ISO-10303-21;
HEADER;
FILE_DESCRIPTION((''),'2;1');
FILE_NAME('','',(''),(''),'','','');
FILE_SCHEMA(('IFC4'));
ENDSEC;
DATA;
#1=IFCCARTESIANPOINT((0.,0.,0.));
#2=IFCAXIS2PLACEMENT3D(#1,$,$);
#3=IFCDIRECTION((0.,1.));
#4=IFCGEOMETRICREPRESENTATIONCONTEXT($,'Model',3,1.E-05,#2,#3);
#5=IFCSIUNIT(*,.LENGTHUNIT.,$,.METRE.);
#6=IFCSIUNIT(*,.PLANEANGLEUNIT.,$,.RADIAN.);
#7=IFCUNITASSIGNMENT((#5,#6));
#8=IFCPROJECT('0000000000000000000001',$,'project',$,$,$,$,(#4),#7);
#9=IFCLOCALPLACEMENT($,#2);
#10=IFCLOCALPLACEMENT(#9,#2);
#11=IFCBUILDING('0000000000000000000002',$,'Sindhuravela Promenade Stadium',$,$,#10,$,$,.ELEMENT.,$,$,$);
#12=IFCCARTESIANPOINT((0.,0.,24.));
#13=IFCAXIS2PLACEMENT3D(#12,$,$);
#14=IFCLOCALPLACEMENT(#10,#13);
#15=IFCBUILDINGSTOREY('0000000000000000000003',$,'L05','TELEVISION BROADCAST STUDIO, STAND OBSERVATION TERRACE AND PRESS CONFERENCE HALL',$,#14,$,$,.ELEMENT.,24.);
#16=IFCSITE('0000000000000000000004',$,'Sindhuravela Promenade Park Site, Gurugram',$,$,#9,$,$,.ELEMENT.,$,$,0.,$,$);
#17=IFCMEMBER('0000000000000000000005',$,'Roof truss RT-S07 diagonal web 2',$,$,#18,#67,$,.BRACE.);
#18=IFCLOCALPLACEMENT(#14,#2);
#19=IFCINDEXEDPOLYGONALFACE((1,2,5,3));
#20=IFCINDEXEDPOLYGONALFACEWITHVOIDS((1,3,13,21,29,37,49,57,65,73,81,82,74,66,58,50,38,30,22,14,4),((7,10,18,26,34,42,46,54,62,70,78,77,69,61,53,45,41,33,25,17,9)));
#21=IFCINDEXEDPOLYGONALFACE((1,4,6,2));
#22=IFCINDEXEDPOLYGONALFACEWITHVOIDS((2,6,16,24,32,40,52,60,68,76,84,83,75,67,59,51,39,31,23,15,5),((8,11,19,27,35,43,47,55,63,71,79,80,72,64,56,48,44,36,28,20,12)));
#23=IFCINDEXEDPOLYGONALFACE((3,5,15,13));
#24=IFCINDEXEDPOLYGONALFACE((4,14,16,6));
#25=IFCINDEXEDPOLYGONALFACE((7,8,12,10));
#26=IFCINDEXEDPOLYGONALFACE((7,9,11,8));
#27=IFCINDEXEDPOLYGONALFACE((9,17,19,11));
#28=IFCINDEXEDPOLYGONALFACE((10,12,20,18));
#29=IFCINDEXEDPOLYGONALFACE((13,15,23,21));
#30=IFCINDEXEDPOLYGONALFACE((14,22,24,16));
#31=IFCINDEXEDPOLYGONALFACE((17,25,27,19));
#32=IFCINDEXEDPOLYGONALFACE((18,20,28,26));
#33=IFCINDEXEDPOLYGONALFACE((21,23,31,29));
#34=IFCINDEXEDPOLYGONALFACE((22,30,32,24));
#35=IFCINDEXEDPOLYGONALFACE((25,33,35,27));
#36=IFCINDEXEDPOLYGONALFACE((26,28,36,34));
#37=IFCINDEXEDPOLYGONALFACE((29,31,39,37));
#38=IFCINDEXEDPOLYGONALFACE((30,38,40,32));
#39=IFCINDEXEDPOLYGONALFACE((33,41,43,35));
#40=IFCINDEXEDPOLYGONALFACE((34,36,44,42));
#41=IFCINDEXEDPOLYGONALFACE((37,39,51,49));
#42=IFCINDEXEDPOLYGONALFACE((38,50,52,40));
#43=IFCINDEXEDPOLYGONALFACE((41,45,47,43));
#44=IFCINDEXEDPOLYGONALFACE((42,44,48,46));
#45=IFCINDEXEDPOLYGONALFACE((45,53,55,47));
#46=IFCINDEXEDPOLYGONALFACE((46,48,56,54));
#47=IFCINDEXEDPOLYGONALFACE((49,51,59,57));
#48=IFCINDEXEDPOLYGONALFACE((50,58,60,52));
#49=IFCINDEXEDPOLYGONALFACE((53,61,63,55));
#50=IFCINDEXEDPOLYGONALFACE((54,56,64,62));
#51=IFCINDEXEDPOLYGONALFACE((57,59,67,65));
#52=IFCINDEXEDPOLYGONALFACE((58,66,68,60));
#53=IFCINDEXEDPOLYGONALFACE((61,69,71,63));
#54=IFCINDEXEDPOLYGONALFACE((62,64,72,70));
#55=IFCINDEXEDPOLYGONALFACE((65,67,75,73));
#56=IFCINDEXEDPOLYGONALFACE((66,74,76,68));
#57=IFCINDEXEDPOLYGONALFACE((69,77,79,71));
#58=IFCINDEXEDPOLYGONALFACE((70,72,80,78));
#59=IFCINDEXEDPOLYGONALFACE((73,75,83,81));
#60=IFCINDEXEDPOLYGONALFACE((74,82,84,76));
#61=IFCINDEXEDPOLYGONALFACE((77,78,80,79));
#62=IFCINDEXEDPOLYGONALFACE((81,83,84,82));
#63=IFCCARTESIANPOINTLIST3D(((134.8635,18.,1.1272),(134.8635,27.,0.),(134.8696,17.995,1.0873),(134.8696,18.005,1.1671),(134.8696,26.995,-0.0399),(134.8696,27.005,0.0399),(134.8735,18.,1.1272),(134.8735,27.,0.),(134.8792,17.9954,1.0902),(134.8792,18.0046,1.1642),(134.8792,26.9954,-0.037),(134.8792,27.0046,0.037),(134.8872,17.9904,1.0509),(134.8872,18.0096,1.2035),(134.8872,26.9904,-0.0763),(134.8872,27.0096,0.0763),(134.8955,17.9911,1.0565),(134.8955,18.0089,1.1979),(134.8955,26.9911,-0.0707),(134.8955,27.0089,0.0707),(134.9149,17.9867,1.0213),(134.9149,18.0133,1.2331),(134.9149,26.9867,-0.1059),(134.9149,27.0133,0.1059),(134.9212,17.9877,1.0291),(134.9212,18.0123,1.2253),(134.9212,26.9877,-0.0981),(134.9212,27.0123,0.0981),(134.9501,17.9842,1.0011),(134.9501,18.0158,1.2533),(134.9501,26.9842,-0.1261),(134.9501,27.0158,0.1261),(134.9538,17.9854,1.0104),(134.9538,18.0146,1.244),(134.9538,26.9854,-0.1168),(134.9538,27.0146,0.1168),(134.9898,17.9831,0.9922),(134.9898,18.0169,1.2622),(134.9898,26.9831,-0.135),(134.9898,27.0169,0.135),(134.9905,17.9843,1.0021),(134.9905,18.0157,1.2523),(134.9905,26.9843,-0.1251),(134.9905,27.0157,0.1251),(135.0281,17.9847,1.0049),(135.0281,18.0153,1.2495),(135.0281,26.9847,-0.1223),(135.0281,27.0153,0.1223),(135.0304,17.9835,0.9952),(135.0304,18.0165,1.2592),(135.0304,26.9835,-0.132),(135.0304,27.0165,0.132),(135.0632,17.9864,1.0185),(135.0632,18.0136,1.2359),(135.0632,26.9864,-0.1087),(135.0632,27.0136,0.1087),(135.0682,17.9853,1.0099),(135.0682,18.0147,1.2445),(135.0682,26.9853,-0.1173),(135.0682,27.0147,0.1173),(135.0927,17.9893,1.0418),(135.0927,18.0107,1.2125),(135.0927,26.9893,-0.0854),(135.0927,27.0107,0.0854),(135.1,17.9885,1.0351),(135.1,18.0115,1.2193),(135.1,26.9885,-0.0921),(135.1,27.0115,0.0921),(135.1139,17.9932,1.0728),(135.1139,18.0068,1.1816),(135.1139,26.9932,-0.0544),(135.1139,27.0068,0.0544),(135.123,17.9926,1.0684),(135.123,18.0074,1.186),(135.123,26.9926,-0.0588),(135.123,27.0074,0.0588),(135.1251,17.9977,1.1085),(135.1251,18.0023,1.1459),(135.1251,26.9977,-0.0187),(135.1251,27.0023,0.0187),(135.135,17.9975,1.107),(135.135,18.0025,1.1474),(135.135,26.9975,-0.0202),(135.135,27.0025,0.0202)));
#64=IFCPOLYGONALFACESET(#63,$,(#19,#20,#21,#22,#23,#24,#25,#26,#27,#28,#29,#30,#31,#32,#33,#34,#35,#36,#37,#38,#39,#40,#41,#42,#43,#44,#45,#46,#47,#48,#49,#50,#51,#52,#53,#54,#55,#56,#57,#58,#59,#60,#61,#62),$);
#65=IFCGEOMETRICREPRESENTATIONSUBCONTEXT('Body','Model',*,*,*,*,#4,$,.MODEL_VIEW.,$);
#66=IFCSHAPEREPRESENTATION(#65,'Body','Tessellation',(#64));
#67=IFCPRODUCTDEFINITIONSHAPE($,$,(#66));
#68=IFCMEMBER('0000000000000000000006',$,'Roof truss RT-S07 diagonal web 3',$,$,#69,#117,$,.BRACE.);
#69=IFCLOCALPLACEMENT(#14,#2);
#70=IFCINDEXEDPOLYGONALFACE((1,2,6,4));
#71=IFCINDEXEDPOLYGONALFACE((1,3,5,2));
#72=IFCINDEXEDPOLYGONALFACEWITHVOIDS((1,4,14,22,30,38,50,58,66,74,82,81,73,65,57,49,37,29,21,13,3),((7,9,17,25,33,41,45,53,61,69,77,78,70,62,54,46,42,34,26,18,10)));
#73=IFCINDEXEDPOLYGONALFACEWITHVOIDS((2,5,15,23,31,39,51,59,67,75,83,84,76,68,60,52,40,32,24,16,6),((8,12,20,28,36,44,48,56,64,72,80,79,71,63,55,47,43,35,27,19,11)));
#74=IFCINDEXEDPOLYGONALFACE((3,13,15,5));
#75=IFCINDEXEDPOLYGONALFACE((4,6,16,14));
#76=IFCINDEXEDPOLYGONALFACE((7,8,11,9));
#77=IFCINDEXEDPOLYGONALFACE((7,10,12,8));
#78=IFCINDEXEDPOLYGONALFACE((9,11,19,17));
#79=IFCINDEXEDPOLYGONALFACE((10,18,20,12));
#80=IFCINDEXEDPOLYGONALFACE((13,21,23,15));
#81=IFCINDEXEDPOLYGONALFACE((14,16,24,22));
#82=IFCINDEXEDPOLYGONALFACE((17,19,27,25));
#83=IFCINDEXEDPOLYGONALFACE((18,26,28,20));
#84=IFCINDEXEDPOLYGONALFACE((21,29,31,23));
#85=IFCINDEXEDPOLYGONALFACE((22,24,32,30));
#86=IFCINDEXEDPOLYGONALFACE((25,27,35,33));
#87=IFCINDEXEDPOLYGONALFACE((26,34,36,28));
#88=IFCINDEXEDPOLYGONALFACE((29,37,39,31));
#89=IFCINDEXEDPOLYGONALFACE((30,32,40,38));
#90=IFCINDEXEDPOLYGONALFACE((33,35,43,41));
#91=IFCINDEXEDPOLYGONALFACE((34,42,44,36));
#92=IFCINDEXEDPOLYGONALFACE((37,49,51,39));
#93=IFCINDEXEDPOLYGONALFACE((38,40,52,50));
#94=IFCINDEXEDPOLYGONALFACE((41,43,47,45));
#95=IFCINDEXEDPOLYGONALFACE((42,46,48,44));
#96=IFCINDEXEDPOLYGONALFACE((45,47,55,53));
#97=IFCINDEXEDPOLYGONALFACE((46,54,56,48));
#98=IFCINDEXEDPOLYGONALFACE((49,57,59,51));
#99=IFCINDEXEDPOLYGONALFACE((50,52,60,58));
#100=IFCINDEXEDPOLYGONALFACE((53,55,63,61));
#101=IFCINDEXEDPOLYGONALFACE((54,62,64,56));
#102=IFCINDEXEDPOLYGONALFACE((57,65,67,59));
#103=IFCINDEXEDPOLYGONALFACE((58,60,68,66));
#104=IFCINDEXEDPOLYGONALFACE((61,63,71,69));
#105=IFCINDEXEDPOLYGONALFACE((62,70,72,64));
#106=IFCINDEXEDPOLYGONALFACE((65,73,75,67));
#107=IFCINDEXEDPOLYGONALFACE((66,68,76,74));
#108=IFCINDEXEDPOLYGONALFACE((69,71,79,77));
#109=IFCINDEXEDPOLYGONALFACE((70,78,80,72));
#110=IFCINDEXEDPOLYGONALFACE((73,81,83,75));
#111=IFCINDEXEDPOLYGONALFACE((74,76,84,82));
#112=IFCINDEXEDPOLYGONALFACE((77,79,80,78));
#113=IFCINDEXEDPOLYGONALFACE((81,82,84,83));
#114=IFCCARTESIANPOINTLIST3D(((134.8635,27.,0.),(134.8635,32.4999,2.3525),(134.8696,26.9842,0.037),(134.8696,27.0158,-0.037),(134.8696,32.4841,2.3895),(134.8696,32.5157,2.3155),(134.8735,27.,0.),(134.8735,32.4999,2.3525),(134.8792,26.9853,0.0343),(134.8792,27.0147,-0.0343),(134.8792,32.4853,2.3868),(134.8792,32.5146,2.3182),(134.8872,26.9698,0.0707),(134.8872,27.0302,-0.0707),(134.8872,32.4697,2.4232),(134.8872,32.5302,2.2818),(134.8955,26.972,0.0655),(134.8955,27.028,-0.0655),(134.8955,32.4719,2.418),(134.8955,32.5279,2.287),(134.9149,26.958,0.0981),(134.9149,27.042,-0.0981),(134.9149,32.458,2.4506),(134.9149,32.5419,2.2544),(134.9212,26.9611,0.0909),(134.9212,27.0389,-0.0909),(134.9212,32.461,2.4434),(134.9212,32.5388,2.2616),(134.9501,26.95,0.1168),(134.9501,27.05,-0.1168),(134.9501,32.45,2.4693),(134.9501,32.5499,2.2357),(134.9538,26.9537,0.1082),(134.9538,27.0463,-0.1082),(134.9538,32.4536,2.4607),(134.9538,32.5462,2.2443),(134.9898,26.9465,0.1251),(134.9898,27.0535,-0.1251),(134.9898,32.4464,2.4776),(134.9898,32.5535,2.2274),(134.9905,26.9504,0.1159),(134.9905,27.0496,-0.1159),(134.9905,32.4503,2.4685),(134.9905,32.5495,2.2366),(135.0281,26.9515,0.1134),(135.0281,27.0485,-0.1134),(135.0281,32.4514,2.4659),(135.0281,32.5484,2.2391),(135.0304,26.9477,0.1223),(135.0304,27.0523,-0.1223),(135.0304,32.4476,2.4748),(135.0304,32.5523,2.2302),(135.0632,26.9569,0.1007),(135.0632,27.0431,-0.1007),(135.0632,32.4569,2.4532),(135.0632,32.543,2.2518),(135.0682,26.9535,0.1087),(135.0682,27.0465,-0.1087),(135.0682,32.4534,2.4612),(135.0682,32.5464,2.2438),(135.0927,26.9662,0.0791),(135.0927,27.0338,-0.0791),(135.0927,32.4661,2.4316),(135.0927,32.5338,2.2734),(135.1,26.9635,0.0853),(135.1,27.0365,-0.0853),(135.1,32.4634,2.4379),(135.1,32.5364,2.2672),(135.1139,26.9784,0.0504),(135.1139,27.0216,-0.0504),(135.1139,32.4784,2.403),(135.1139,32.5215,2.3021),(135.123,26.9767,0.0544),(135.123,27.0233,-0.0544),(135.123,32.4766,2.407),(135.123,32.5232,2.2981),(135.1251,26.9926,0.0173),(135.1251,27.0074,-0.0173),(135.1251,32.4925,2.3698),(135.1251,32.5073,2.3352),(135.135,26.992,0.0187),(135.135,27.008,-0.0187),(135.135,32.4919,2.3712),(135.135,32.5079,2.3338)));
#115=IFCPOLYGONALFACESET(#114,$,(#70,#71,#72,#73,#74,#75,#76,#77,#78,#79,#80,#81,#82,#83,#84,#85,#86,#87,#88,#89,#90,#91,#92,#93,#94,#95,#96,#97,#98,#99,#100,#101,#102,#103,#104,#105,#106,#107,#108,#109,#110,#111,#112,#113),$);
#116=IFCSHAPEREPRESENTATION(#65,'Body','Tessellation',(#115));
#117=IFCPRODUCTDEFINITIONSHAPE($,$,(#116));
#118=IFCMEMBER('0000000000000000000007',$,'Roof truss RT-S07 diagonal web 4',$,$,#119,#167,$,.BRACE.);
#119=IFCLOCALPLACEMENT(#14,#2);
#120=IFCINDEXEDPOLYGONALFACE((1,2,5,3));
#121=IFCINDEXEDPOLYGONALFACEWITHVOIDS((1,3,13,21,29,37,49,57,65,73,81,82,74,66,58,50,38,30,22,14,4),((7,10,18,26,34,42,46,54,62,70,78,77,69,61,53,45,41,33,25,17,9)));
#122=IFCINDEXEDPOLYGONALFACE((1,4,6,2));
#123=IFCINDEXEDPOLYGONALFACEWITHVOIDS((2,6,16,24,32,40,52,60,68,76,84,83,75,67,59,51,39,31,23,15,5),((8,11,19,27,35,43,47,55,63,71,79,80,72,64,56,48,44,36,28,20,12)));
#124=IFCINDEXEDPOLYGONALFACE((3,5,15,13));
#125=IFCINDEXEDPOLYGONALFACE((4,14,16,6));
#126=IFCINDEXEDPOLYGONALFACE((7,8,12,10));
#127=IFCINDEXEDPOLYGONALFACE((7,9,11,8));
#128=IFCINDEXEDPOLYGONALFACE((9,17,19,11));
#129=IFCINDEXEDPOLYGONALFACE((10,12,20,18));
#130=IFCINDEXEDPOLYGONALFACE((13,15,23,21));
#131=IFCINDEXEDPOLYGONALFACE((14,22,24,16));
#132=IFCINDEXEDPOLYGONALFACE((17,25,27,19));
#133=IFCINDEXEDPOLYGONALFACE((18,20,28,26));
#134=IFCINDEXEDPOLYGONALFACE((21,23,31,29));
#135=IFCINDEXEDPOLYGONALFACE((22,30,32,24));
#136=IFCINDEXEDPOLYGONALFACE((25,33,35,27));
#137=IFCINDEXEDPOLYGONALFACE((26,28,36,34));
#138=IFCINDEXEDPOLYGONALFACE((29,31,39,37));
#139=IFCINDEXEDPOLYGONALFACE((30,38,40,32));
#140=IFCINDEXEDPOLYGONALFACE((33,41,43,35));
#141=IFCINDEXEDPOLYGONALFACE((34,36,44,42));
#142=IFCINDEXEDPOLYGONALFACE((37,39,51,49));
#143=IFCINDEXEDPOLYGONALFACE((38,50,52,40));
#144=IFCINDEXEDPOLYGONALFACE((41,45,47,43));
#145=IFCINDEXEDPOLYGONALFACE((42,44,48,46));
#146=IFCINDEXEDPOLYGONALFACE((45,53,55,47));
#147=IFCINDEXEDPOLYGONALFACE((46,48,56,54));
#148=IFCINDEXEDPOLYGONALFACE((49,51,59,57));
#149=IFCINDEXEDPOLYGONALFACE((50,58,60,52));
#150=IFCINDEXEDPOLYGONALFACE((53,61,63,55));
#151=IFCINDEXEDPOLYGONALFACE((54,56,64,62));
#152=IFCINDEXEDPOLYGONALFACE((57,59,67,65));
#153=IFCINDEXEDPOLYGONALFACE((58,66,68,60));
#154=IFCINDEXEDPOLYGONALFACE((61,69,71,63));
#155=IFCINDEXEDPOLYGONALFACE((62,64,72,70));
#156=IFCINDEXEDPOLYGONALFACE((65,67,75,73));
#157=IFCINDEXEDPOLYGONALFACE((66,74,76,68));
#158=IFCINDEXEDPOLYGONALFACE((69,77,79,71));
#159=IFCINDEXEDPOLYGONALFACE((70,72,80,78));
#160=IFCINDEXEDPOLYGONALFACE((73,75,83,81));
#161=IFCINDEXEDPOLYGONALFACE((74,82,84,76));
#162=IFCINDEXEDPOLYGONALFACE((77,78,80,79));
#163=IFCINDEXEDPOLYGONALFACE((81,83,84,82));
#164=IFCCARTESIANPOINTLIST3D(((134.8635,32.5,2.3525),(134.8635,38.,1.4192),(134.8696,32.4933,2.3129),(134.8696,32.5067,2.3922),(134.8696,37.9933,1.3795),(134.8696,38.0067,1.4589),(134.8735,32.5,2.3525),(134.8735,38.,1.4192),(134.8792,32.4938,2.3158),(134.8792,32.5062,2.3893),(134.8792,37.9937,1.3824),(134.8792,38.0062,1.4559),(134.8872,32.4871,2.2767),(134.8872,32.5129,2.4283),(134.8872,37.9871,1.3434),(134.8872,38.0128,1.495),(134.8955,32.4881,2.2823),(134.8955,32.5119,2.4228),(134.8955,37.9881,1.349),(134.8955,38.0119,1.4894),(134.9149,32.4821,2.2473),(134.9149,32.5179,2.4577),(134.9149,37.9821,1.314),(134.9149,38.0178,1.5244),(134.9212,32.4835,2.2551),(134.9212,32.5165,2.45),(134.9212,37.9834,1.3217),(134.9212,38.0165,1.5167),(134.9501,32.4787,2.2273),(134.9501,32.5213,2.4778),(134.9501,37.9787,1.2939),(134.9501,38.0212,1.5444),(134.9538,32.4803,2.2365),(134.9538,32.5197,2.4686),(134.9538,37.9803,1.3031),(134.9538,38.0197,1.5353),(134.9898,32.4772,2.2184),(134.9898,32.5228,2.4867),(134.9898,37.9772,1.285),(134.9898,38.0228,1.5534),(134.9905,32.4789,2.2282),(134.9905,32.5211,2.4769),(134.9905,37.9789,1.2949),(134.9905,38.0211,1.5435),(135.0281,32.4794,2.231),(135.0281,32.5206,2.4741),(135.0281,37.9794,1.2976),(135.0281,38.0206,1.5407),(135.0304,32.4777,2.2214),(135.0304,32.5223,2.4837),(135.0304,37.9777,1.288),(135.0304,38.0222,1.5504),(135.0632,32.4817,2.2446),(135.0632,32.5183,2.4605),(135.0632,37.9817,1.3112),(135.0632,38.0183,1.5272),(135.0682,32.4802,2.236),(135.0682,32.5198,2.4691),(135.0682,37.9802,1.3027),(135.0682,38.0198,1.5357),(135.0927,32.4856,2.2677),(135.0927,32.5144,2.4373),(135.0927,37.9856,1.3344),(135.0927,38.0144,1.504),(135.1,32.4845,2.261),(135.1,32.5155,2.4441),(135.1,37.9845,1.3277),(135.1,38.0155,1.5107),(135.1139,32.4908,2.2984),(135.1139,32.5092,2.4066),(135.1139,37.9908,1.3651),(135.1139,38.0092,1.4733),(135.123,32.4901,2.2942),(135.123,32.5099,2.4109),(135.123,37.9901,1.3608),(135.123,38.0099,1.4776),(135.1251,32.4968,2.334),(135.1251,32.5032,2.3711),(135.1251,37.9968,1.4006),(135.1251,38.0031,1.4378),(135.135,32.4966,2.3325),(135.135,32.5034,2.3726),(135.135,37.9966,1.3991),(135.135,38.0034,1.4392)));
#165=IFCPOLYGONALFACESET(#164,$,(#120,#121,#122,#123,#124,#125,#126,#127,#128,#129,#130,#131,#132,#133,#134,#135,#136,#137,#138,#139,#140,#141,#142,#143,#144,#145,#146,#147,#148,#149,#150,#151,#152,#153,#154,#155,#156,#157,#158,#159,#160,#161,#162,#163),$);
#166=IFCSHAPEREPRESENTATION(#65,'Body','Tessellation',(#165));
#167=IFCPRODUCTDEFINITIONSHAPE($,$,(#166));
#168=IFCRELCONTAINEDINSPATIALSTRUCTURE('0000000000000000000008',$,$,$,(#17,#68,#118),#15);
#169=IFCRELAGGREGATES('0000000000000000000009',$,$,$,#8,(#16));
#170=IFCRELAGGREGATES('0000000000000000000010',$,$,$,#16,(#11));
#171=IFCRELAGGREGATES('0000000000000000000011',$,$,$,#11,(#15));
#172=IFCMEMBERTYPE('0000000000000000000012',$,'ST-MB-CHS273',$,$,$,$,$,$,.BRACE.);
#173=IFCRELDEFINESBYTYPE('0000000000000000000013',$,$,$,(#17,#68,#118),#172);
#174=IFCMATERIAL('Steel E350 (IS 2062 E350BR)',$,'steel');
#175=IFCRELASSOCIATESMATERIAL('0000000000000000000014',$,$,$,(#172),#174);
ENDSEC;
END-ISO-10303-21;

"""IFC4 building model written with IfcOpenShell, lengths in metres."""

from ifc_helpers import new_model, si_unit, direction, frame, origin, origin_2d, place, context, subcontext, project, spatial, hollow_circle, extrude, material, material_profile, profile_set, type_object, element, save


model = new_model("IFC4")

# Units and contexts
model_context = context("Model", 3, precision=1e-05, world=origin(), true_north=direction((0.0, 1.0)))
body_context = subcontext(model_context, "Body", "Model", "MODEL_VIEW")
ifc_project = project(units=[si_unit("LENGTHUNIT", "METRE"), si_unit("PLANEANGLEUNIT", "RADIAN")], contexts=[model_context])

# Site, building, storey
site_placement = place(None, origin())
site = spatial("IfcSite", under=ifc_project, at=site_placement, Name="Sindhuravela Promenade Park Site, Gurugram", CompositionType="ELEMENT", RefElevation=0.0)
building_placement = place(site_placement, origin())
building = spatial("IfcBuilding", under=site, at=building_placement, Name="Sindhuravela Promenade Stadium", CompositionType="ELEMENT")
storey_placement = place(building_placement, frame((0.0, 0.0, 24.0)))
storey = spatial("IfcBuildingStorey", under=building, at=storey_placement, Name="L05", Description="TELEVISION BROADCAST STUDIO, STAND OBSERVATION TERRACE AND PRESS CONFERENCE HALL", CompositionType="ELEMENT", Elevation=24.0)

# Shared definitions
ifc_material_1 = material(Name="Steel E350 (IS 2062 E350BR)", Category="steel")

# Members
ifc_material_profile_1 = material_profile(ifc_material_1, hollow_circle(Radius=0.1365, WallThickness=0.01, at=origin_2d()), Name="CHS 273.0x10")
ifc_profile_set_1 = profile_set([ifc_material_profile_1], Name="Steel E350 (IS 2062 E350BR)")
member_type_1 = type_object("IfcMemberType", Name="ST-MB-CHS273", PredefinedType="BRACE", material=ifc_profile_set_1)
member_1_placement = place(storey_placement, frame((135.0, 18.0, 1.1272), z_axis=(0.0, 0.992248, -0.124273), x_axis=(-1.0, 0.0, 0.0)))
element("IfcMember", 1, at=member_1_placement, inside=storey, type_object=member_type_1, Name="Roof truss RT-S07 diagonal web 2", PredefinedType="BRACE", context=body_context, shape_type="SweptSolid", body=[
    extrude(hollow_circle(Radius=0.1365, WallThickness=0.01, at=origin_2d()), origin(), (0.0, 0.0, 1.0), 9.0703),
])
member_2_placement = place(storey_placement, frame((135.0, 27.0, 0.0), z_axis=(0.0, 0.919423, 0.393269), x_axis=(-1.0, 0.0, 0.0)))
element("IfcMember", 2, at=member_2_placement, inside=storey, type_object=member_type_1, Name="Roof truss RT-S07 diagonal web 3", PredefinedType="BRACE", context=body_context, shape_type="SweptSolid", body=[
    extrude(hollow_circle(Radius=0.1365, WallThickness=0.01, at=origin_2d()), origin(), (0.0, 0.0, 1.0), 5.9819),
])
member_3_placement = place(storey_placement, frame((135.0, 32.5, 2.3525), z_axis=(0.0, 0.985905, -0.167308), x_axis=(-1.0, 0.0, 0.0)))
element("IfcMember", 3, at=member_3_placement, inside=storey, type_object=member_type_1, Name="Roof truss RT-S07 diagonal web 4", PredefinedType="BRACE", context=body_context, shape_type="SweptSolid", body=[
    extrude(hollow_circle(Radius=0.1365, WallThickness=0.01, at=origin_2d()), origin(), (0.0, 0.0, 1.0), 5.5786),
])

save(model, "model.ifc")
